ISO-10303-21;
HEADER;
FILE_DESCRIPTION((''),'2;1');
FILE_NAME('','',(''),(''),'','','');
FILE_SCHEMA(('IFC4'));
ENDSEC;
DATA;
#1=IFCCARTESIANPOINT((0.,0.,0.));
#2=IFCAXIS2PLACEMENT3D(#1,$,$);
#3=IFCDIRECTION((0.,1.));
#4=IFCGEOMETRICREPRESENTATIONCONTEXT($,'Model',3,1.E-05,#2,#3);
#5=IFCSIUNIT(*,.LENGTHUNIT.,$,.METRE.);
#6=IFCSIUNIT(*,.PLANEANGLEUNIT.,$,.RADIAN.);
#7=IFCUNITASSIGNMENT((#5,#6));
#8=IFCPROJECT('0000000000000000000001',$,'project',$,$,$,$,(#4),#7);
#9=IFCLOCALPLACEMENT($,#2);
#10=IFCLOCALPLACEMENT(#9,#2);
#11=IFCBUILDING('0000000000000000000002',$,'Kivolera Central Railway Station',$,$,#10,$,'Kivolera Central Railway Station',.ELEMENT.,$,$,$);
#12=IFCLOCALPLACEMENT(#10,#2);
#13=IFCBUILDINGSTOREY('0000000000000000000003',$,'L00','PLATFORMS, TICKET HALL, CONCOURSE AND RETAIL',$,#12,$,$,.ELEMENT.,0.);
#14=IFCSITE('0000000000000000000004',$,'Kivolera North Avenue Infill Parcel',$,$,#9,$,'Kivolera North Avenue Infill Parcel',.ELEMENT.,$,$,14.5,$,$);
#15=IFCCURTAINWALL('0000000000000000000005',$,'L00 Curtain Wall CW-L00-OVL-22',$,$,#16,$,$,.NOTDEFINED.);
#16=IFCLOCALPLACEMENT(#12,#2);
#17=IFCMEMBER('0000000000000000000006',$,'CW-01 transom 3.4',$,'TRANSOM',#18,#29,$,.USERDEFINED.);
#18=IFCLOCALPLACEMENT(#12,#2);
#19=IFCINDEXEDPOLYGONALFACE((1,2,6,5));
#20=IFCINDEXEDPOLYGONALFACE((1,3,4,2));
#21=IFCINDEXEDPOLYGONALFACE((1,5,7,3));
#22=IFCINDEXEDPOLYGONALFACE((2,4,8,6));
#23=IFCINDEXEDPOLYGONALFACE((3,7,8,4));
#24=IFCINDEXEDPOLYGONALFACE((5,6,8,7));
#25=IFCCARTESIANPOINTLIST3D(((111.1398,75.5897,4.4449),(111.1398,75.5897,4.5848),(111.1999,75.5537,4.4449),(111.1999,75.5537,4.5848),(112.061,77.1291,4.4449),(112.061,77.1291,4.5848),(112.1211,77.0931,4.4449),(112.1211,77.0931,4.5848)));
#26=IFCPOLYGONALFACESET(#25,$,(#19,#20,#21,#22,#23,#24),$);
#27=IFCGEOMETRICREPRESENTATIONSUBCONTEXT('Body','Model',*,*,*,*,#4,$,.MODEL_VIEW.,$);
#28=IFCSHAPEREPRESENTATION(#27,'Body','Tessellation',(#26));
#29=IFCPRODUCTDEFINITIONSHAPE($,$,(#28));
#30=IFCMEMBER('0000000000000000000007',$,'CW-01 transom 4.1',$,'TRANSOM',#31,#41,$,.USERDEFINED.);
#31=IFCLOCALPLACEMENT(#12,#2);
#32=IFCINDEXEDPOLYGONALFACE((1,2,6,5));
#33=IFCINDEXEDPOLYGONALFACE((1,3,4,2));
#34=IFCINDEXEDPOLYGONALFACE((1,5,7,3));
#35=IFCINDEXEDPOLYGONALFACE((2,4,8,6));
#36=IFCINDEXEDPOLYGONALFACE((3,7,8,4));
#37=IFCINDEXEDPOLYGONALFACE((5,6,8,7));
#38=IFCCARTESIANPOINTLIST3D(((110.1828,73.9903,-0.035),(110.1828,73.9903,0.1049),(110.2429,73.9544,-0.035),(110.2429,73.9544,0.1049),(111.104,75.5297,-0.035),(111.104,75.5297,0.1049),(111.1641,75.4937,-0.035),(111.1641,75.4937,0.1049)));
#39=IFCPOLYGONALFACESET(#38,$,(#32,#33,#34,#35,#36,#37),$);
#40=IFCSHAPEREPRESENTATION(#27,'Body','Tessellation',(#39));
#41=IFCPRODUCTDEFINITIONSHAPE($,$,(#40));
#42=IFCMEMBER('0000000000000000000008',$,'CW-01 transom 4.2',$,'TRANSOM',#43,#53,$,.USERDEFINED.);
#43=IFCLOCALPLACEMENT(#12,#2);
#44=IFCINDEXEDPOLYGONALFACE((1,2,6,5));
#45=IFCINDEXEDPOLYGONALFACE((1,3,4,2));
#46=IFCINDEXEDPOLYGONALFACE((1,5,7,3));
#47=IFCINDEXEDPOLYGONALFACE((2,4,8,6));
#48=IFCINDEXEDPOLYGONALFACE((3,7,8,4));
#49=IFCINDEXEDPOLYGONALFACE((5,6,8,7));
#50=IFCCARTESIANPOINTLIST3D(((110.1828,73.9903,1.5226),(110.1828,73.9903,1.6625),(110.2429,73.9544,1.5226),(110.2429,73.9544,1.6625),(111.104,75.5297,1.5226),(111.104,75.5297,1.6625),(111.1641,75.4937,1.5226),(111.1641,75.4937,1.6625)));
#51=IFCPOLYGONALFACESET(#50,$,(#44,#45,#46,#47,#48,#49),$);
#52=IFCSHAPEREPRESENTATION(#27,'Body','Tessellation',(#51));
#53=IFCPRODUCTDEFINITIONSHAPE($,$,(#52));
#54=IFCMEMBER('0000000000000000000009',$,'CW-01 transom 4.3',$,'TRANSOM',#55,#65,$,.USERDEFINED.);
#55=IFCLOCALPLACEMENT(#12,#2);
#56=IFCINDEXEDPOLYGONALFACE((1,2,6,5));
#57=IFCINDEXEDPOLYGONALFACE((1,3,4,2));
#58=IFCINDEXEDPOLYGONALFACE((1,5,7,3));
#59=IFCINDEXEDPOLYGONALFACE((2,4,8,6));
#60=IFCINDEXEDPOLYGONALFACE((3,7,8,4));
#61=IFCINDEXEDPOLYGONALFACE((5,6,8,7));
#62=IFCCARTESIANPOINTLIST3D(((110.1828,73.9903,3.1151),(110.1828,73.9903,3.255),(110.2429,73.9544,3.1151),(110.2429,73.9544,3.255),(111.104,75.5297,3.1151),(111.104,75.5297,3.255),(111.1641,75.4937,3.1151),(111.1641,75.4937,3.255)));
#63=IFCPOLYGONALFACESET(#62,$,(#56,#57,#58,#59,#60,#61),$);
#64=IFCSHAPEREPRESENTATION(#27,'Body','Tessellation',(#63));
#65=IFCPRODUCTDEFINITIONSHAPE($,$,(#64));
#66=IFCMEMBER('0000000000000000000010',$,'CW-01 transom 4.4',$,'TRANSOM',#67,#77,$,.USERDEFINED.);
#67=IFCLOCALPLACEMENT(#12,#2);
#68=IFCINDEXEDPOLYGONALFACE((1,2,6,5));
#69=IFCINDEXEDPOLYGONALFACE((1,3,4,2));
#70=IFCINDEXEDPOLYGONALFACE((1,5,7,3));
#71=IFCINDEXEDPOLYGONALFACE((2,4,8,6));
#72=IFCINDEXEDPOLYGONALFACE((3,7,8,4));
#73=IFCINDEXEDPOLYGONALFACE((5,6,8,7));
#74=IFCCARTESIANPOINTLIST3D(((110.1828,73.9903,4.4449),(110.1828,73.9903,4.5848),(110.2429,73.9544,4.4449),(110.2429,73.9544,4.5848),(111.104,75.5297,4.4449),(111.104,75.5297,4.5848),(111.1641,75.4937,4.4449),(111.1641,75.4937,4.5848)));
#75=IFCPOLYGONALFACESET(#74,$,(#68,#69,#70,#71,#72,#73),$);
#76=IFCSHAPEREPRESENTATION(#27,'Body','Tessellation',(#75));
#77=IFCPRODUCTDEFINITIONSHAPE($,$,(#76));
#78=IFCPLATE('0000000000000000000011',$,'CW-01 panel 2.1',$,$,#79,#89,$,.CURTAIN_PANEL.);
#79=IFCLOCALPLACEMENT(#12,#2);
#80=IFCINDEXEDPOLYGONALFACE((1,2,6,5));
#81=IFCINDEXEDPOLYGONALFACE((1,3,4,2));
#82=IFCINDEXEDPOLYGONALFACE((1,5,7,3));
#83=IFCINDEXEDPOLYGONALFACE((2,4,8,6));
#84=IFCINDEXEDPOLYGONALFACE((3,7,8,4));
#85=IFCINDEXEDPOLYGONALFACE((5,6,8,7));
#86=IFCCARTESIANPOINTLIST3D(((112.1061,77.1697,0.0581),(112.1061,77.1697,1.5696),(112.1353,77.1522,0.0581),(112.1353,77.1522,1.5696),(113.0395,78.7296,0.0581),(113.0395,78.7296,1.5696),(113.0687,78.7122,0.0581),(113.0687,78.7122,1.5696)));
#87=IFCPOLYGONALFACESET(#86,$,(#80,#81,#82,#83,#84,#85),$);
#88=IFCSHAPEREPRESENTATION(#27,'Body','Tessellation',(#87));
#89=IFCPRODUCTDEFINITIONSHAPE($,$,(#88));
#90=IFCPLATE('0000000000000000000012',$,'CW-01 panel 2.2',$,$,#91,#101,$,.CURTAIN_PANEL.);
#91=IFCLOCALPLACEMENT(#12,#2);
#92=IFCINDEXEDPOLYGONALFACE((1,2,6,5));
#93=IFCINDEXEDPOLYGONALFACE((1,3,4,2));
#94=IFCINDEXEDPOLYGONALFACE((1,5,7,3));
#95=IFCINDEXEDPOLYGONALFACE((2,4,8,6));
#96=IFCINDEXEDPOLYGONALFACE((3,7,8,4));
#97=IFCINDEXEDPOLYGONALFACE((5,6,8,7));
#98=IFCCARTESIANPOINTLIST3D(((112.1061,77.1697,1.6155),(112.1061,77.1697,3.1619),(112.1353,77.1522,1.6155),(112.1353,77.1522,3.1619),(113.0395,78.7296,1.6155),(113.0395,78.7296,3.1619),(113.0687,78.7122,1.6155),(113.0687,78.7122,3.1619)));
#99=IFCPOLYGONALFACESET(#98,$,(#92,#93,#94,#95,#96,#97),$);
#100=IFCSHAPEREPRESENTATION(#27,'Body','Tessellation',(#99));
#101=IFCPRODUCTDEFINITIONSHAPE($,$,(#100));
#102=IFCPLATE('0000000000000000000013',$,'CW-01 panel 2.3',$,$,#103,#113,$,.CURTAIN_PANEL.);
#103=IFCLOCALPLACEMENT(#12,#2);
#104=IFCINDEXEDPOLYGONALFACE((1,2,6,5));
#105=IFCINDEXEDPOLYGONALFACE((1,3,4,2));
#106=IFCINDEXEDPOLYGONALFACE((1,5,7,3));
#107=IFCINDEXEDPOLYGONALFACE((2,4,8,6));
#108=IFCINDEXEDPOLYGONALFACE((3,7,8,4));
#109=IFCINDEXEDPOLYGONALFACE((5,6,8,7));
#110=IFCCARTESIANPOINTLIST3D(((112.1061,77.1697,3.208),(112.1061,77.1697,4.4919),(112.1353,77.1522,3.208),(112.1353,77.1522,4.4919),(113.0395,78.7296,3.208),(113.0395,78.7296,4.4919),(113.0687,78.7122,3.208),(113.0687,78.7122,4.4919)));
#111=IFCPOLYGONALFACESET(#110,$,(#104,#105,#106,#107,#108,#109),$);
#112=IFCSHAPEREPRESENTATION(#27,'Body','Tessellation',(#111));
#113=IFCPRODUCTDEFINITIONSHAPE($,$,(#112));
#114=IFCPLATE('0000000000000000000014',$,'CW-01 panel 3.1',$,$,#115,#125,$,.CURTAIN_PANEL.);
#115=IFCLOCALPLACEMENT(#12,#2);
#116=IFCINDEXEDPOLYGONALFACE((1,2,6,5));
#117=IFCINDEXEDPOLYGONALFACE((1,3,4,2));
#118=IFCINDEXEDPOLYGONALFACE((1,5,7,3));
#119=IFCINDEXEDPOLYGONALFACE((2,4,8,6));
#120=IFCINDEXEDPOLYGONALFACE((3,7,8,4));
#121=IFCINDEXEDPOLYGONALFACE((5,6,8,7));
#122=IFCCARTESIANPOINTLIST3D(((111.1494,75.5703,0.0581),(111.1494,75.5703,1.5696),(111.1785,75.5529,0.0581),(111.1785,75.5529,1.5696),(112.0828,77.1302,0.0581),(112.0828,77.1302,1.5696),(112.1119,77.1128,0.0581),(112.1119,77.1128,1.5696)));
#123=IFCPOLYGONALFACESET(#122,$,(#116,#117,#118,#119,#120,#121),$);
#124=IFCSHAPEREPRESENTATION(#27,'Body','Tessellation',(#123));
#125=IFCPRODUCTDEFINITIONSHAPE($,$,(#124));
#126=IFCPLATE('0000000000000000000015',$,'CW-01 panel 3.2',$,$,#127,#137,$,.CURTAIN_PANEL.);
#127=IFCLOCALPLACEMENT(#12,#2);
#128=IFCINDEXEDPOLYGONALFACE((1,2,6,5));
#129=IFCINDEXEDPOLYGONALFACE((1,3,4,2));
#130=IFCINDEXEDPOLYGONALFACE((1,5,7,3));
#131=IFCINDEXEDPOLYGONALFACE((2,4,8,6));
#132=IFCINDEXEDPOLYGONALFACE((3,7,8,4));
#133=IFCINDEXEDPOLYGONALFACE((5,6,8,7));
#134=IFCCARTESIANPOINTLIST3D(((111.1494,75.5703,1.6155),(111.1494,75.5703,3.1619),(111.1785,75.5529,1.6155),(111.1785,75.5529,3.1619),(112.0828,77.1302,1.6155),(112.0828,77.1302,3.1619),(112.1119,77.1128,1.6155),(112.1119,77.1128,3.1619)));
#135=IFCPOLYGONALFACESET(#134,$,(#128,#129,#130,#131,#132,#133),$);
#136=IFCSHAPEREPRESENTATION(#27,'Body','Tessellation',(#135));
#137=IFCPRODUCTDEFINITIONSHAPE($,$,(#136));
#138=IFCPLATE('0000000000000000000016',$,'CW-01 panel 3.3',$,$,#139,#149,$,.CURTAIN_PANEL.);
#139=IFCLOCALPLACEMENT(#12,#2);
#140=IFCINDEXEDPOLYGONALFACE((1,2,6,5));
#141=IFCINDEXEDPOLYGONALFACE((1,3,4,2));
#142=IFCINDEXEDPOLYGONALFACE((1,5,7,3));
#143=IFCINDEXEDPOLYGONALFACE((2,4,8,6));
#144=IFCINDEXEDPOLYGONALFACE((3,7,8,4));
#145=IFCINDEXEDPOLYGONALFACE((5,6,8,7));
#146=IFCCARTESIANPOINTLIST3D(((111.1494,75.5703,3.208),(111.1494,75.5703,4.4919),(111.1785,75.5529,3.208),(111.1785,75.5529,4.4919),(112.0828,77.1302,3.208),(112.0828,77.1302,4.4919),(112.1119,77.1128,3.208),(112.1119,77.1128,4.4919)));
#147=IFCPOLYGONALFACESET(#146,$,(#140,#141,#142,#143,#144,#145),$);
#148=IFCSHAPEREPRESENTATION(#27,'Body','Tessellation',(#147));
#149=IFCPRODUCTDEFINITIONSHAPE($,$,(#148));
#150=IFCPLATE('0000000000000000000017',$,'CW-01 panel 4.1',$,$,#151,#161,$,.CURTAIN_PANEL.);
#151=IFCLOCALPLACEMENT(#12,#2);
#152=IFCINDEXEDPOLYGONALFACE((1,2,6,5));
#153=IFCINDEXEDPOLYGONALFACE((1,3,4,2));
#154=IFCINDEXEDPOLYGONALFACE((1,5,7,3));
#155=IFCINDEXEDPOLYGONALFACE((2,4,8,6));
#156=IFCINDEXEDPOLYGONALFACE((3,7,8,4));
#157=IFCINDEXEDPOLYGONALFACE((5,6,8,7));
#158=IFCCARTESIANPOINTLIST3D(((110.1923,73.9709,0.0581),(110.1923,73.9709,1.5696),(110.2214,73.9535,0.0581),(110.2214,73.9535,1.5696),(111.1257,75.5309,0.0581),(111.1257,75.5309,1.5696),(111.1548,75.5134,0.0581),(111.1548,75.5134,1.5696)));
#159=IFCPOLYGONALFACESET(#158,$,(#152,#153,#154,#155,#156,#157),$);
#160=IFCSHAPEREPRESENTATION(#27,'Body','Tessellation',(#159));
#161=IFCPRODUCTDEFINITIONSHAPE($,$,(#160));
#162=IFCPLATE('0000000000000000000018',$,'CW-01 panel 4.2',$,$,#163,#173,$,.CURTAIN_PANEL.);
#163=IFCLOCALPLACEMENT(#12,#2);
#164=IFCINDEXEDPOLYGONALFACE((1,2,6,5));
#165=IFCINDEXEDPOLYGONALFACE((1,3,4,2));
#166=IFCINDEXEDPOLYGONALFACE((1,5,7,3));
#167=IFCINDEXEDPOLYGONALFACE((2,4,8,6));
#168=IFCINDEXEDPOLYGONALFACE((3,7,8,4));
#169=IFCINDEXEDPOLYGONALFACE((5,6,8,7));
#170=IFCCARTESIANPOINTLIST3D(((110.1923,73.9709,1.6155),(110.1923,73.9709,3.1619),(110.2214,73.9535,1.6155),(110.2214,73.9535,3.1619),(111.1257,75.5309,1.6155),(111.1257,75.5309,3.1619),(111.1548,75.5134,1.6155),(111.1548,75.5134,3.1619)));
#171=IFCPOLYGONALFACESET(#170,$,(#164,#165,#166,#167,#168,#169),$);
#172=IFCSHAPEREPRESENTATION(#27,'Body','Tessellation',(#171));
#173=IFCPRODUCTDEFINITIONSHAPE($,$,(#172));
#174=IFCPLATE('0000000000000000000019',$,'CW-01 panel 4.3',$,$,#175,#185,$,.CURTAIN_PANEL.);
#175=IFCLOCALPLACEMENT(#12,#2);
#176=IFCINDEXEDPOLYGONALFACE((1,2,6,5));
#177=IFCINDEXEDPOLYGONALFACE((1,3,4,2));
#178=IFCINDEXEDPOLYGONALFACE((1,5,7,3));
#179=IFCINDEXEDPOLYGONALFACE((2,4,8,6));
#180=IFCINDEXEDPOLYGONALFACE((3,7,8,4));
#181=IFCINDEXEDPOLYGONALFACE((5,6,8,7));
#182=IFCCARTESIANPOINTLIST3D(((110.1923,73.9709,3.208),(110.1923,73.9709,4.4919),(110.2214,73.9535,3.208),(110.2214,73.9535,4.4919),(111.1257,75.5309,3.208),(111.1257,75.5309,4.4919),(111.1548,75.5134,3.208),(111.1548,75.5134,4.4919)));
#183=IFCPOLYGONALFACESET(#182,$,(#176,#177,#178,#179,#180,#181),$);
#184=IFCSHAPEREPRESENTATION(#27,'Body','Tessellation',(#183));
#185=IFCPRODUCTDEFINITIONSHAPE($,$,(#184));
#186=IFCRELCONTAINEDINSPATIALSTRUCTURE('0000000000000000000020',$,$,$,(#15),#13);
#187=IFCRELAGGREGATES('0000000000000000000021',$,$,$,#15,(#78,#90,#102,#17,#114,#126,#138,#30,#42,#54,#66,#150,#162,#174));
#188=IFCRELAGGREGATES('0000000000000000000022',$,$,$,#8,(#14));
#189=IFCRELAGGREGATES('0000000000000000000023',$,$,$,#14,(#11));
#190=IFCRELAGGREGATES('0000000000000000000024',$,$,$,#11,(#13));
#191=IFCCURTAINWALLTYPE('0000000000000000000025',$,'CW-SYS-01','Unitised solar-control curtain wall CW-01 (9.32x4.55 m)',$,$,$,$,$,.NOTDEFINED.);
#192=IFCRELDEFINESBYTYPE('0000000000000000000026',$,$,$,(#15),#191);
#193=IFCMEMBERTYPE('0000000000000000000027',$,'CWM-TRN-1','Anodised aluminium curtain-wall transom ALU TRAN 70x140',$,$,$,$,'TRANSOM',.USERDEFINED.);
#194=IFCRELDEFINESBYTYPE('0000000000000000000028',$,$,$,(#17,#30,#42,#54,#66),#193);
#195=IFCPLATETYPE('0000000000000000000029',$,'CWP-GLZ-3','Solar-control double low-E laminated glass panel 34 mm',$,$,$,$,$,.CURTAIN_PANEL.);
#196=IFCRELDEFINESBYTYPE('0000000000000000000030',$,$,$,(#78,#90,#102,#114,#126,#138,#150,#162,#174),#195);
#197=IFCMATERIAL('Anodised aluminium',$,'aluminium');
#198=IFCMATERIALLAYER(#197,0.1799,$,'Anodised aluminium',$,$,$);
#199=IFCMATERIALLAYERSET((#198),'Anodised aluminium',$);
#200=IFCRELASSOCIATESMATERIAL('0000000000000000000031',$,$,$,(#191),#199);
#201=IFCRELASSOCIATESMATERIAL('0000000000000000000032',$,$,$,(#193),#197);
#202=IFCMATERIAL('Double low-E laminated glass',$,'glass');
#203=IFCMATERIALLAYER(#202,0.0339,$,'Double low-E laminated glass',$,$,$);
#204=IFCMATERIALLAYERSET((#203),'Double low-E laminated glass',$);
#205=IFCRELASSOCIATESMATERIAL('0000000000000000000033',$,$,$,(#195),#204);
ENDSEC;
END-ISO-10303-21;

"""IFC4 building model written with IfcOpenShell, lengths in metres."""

from ifc_helpers import new_model, si_unit, direction, frame, origin, origin_2d, place, context, subcontext, project, spatial, rectangle, extrude, material, layer, layer_set, material_profile, profile_set, type_object, element, aggregate, save


model = new_model("IFC4")

# Units and contexts
model_context = context("Model", 3, precision=1e-05, world=origin(), true_north=direction((0.0, 1.0)))
body_context = subcontext(model_context, "Body", "Model", "MODEL_VIEW")
ifc_project = project(units=[si_unit("LENGTHUNIT", "METRE"), si_unit("PLANEANGLEUNIT", "RADIAN")], contexts=[model_context])

# Site, building, storey
site_placement = place(None, origin())
site = spatial("IfcSite", under=ifc_project, at=site_placement, Name="Kivolera North Avenue Infill Parcel", LongName="Kivolera North Avenue Infill Parcel", CompositionType="ELEMENT", RefElevation=14.5)
building_placement = place(site_placement, origin())
building = spatial("IfcBuilding", under=site, at=building_placement, Name="Kivolera Central Railway Station", LongName="Kivolera Central Railway Station", CompositionType="ELEMENT")
storey_placement = place(building_placement, origin())
storey = spatial("IfcBuildingStorey", under=building, at=storey_placement, Name="L00", Description="PLATFORMS, TICKET HALL, CONCOURSE AND RETAIL", CompositionType="ELEMENT", Elevation=0.0)

# Curtain wall, members, plates
ifc_material_1 = material(Name="Anodised aluminium", Category="aluminium")
ifc_layer_1 = layer(ifc_material_1, 0.1799, Name="Anodised aluminium")
ifc_layer_set_1 = layer_set([ifc_layer_1], Name="Anodised aluminium")
curtain_wall_type = type_object("IfcCurtainWallType", Name="CW-SYS-01", Description="Unitised solar-control curtain wall CW-01 (9.32x4.55 m)", PredefinedType="NOTDEFINED", material=ifc_layer_set_1)
curtain_wall_placement = place(storey_placement, origin())
curtain_wall = element("IfcCurtainWall", 1, at=curtain_wall_placement, inside=storey, type_object=curtain_wall_type, Name="L00 Curtain Wall CW-L00-OVL-22", PredefinedType="NOTDEFINED")
ifc_material_profile_1 = material_profile(ifc_material_1, rectangle(XDim=0.0701, YDim=0.1399, at=origin_2d()), Name="ALU TRAN 70x140")
ifc_profile_set_1 = profile_set([ifc_material_profile_1], Name="Anodised aluminium")
member_type_1 = type_object("IfcMemberType", Name="CWM-TRN-1", Description="Anodised aluminium curtain-wall transom ALU TRAN 70x140", ElementType="TRANSOM", PredefinedType="USERDEFINED", material=ifc_profile_set_1)
member_1_placement = place(storey_placement, frame((112.0911, 77.1111, 4.5149), z_axis=(-0.513495, -0.858093, 0.0), x_axis=(0.858093, -0.513495, 0.0)))
member_1 = element("IfcMember", 2, at=member_1_placement, type_object=member_type_1, Name="CW-01 transom 3.4", ObjectType="TRANSOM", PredefinedType="USERDEFINED", context=body_context, shape_type="SweptSolid", body=[
    extrude(rectangle(XDim=0.0701, YDim=0.1399, at=origin_2d()), origin(), (0.0, 0.0, 1.0), 1.7939),
])
member_2_placement = place(storey_placement, frame((111.134, 75.5117, 0.0349), z_axis=(-0.513495, -0.858093, 0.0), x_axis=(0.858093, -0.513495, 0.0)))
member_2 = element("IfcMember", 3, at=member_2_placement, type_object=member_type_1, Name="CW-01 transom 4.1", ObjectType="TRANSOM", PredefinedType="USERDEFINED", context=body_context, shape_type="SweptSolid", body=[
    extrude(rectangle(XDim=0.0701, YDim=0.1399, at=origin_2d()), origin(), (0.0, 0.0, 1.0), 1.7939),
])
member_3_placement = place(storey_placement, frame((111.134, 75.5117, 1.5925), z_axis=(-0.513495, -0.858093, 0.0), x_axis=(0.858093, -0.513495, 0.0)))
member_3 = element("IfcMember", 4, at=member_3_placement, type_object=member_type_1, Name="CW-01 transom 4.2", ObjectType="TRANSOM", PredefinedType="USERDEFINED", context=body_context, shape_type="SweptSolid", body=[
    extrude(rectangle(XDim=0.0701, YDim=0.1399, at=origin_2d()), origin(), (0.0, 0.0, 1.0), 1.7939),
])
member_4_placement = place(storey_placement, frame((111.134, 75.5117, 3.1851), z_axis=(-0.513495, -0.858093, 0.0), x_axis=(0.858093, -0.513495, 0.0)))
member_4 = element("IfcMember", 5, at=member_4_placement, type_object=member_type_1, Name="CW-01 transom 4.3", ObjectType="TRANSOM", PredefinedType="USERDEFINED", context=body_context, shape_type="SweptSolid", body=[
    extrude(rectangle(XDim=0.0701, YDim=0.1399, at=origin_2d()), origin(), (0.0, 0.0, 1.0), 1.7939),
])
member_5_placement = place(storey_placement, frame((111.134, 75.5117, 4.5149), z_axis=(-0.513495, -0.858093, 0.0), x_axis=(0.858093, -0.513495, 0.0)))
member_5 = element("IfcMember", 6, at=member_5_placement, type_object=member_type_1, Name="CW-01 transom 4.4", ObjectType="TRANSOM", PredefinedType="USERDEFINED", context=body_context, shape_type="SweptSolid", body=[
    extrude(rectangle(XDim=0.0701, YDim=0.1399, at=origin_2d()), origin(), (0.0, 0.0, 1.0), 1.7939),
])
ifc_material_2 = material(Name="Double low-E laminated glass", Category="glass")
ifc_layer_2 = layer(ifc_material_2, 0.0339, Name="Double low-E laminated glass")
ifc_layer_set_2 = layer_set([ifc_layer_2], Name="Double low-E laminated glass")
plate_type = type_object("IfcPlateType", Name="CWP-GLZ-3", Description="Solar-control double low-E laminated glass panel 34 mm", PredefinedType="CURTAIN_PANEL", material=ifc_layer_set_2)
plate_1_placement = place(storey_placement, frame((112.5874, 77.9409, 0.0581), z_axis=(0.0, 0.0, 1.0), x_axis=(-0.513454, -0.858117, 0.0)))
plate_1 = element("IfcPlate", 7, at=plate_1_placement, type_object=plate_type, Name="CW-01 panel 2.1", PredefinedType="CURTAIN_PANEL", context=body_context, shape_type="SweptSolid", body=[
    extrude(rectangle(XDim=1.8179, YDim=0.0339, at=origin_2d()), origin(), (0.0, 0.0, 1.0), 1.5115),
])
plate_2_placement = place(storey_placement, frame((112.5874, 77.9409, 1.6155), z_axis=(0.0, 0.0, 1.0), x_axis=(-0.513454, -0.858117, 0.0)))
plate_2 = element("IfcPlate", 8, at=plate_2_placement, type_object=plate_type, Name="CW-01 panel 2.2", PredefinedType="CURTAIN_PANEL", context=body_context, shape_type="SweptSolid", body=[
    extrude(rectangle(XDim=1.8179, YDim=0.0339, at=origin_2d()), origin(), (0.0, 0.0, 1.0), 1.5464),
])
plate_3_placement = place(storey_placement, frame((112.5874, 77.9409, 3.208), z_axis=(0.0, 0.0, 1.0), x_axis=(-0.513454, -0.858117, 0.0)))
plate_3 = element("IfcPlate", 9, at=plate_3_placement, type_object=plate_type, Name="CW-01 panel 2.3", PredefinedType="CURTAIN_PANEL", context=body_context, shape_type="SweptSolid", body=[
    extrude(rectangle(XDim=1.8179, YDim=0.0339, at=origin_2d()), origin(), (0.0, 0.0, 1.0), 1.2839),
])
plate_4_placement = place(storey_placement, frame((111.6306, 76.3416, 0.0581), z_axis=(0.0, 0.0, 1.0), x_axis=(-0.513454, -0.858117, 0.0)))
plate_4 = element("IfcPlate", 10, at=plate_4_placement, type_object=plate_type, Name="CW-01 panel 3.1", PredefinedType="CURTAIN_PANEL", context=body_context, shape_type="SweptSolid", body=[
    extrude(rectangle(XDim=1.8179, YDim=0.0339, at=origin_2d()), origin(), (0.0, 0.0, 1.0), 1.5115),
])
plate_5_placement = place(storey_placement, frame((111.6306, 76.3416, 1.6155), z_axis=(0.0, 0.0, 1.0), x_axis=(-0.513454, -0.858117, 0.0)))
plate_5 = element("IfcPlate", 11, at=plate_5_placement, type_object=plate_type, Name="CW-01 panel 3.2", PredefinedType="CURTAIN_PANEL", context=body_context, shape_type="SweptSolid", body=[
    extrude(rectangle(XDim=1.8179, YDim=0.0339, at=origin_2d()), origin(), (0.0, 0.0, 1.0), 1.5464),
])
plate_6_placement = place(storey_placement, frame((111.6306, 76.3416, 3.208), z_axis=(0.0, 0.0, 1.0), x_axis=(-0.513454, -0.858117, 0.0)))
plate_6 = element("IfcPlate", 12, at=plate_6_placement, type_object=plate_type, Name="CW-01 panel 3.3", PredefinedType="CURTAIN_PANEL", context=body_context, shape_type="SweptSolid", body=[
    extrude(rectangle(XDim=1.8179, YDim=0.0339, at=origin_2d()), origin(), (0.0, 0.0, 1.0), 1.2839),
])
plate_7_placement = place(storey_placement, frame((110.6736, 74.7422, 0.0581), z_axis=(0.0, 0.0, 1.0), x_axis=(-0.513454, -0.858117, 0.0)))
plate_7 = element("IfcPlate", 13, at=plate_7_placement, type_object=plate_type, Name="CW-01 panel 4.1", PredefinedType="CURTAIN_PANEL", context=body_context, shape_type="SweptSolid", body=[
    extrude(rectangle(XDim=1.8179, YDim=0.0339, at=origin_2d()), origin(), (0.0, 0.0, 1.0), 1.5115),
])
plate_8_placement = place(storey_placement, frame((110.6736, 74.7422, 1.6155), z_axis=(0.0, 0.0, 1.0), x_axis=(-0.513454, -0.858117, 0.0)))
plate_8 = element("IfcPlate", 14, at=plate_8_placement, type_object=plate_type, Name="CW-01 panel 4.2", PredefinedType="CURTAIN_PANEL", context=body_context, shape_type="SweptSolid", body=[
    extrude(rectangle(XDim=1.8179, YDim=0.0339, at=origin_2d()), origin(), (0.0, 0.0, 1.0), 1.5464),
])
plate_9_placement = place(storey_placement, frame((110.6736, 74.7422, 3.208), z_axis=(0.0, 0.0, 1.0), x_axis=(-0.513454, -0.858117, 0.0)))
plate_9 = element("IfcPlate", 15, at=plate_9_placement, type_object=plate_type, Name="CW-01 panel 4.3", PredefinedType="CURTAIN_PANEL", context=body_context, shape_type="SweptSolid", body=[
    extrude(rectangle(XDim=1.8179, YDim=0.0339, at=origin_2d()), origin(), (0.0, 0.0, 1.0), 1.2839),
])
aggregate(curtain_wall, [plate_1, plate_2, plate_3, member_1, plate_4, plate_5, plate_6, member_2, member_3, member_4, member_5, plate_7, plate_8, plate_9])

save(model, "model.ifc")
